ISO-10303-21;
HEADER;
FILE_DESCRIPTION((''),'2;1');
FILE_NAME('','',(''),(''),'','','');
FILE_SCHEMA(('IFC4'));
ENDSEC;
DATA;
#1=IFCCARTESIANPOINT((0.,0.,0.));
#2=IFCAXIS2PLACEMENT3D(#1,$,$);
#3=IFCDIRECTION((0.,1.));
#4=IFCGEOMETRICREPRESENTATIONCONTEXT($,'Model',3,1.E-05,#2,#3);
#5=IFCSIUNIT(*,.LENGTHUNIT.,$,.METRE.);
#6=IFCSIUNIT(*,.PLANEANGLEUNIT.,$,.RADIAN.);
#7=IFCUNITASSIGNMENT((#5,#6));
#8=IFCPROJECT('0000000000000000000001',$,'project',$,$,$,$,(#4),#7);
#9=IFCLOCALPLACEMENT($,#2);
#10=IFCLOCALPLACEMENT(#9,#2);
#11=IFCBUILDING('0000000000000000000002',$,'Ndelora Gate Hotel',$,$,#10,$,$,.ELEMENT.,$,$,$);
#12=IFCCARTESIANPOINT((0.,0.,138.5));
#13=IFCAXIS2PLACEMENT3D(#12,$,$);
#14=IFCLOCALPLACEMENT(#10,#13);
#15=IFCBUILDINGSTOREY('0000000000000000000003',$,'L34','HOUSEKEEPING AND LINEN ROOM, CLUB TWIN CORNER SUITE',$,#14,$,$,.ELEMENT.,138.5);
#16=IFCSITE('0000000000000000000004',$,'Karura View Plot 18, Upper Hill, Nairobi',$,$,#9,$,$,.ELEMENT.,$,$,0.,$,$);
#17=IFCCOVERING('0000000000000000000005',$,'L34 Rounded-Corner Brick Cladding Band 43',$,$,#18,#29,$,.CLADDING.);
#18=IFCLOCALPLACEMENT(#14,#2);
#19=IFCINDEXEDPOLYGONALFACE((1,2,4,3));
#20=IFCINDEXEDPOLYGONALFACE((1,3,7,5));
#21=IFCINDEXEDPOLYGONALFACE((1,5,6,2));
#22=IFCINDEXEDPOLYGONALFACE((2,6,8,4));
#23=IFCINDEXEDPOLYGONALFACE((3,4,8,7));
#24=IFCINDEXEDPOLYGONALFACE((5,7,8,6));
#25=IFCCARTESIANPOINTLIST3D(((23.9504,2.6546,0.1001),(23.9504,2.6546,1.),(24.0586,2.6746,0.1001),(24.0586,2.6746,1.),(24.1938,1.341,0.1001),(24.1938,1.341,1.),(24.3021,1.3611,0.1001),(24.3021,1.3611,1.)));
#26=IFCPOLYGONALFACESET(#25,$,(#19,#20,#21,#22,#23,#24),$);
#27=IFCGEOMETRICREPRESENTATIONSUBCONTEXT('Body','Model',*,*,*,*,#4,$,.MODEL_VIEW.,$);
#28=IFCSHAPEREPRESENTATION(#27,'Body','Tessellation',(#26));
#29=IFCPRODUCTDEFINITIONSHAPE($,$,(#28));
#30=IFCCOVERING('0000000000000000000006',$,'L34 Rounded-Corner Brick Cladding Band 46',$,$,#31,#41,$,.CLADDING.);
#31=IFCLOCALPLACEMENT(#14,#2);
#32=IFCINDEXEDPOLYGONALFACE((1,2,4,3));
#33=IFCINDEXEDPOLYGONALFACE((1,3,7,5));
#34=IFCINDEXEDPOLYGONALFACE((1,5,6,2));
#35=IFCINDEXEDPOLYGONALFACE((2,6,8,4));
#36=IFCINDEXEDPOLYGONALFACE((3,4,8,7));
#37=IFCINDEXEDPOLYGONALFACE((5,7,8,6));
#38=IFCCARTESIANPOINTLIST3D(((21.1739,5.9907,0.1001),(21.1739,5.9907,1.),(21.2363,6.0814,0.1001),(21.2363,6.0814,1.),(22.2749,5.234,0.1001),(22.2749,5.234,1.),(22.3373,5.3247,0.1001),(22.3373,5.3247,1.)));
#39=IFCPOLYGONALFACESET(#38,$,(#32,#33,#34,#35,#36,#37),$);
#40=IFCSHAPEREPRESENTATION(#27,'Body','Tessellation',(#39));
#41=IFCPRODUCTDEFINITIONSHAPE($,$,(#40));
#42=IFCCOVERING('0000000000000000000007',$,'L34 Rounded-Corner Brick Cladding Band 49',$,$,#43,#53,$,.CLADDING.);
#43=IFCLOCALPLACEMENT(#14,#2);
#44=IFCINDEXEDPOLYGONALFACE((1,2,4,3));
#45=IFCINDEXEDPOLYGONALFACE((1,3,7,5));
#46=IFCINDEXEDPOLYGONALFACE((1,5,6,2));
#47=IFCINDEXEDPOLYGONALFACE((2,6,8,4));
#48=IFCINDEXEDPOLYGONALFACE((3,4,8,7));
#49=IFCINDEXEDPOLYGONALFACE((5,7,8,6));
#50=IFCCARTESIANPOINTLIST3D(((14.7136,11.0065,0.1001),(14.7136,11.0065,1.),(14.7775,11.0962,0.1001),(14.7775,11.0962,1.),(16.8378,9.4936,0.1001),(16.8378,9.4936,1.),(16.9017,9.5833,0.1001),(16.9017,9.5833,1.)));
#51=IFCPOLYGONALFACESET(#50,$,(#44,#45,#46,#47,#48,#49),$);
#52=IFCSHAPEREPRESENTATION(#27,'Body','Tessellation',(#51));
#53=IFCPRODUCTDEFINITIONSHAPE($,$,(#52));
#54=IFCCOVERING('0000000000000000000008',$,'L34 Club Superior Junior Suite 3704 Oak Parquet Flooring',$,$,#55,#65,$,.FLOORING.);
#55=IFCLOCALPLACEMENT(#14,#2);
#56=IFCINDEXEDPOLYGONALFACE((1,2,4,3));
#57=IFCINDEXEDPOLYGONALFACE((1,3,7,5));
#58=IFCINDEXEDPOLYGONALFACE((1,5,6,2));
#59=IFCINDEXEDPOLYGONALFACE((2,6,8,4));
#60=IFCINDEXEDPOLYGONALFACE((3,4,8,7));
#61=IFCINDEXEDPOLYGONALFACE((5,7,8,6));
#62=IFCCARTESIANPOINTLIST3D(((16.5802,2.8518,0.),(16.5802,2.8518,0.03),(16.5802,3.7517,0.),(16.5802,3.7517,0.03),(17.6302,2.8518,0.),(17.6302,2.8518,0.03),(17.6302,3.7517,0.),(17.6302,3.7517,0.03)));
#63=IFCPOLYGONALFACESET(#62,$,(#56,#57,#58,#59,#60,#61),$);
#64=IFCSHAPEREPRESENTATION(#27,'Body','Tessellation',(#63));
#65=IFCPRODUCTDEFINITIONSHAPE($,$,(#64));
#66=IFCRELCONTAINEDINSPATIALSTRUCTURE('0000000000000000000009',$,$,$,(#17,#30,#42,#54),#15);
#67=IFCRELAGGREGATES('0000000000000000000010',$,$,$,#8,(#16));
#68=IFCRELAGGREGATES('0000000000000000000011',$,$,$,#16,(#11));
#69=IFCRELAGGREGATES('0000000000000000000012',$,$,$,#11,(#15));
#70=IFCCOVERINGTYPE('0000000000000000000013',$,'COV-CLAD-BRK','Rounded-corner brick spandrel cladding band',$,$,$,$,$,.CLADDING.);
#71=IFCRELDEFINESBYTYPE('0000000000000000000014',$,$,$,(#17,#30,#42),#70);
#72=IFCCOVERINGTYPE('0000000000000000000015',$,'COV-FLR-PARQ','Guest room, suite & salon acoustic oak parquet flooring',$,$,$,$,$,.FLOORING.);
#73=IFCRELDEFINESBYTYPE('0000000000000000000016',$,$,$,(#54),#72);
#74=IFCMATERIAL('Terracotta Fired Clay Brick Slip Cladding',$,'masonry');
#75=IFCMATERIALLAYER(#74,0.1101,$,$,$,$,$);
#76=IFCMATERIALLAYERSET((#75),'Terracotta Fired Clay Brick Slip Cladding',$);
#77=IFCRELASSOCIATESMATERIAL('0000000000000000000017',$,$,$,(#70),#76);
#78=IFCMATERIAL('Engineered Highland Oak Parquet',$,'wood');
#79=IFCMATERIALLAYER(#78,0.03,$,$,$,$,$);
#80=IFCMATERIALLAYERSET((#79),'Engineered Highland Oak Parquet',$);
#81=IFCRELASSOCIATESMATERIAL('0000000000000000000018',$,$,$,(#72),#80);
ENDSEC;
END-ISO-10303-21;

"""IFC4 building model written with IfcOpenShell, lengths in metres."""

from ifc_helpers import new_model, si_unit, direction, frame, origin, origin_2d, place, context, subcontext, project, spatial, rectangle, extrude, material, layer, layer_set, type_object, element, save


model = new_model("IFC4")

# Units and contexts
model_context = context("Model", 3, precision=1e-05, world=origin(), true_north=direction((0.0, 1.0)))
body_context = subcontext(model_context, "Body", "Model", "MODEL_VIEW")
ifc_project = project(units=[si_unit("LENGTHUNIT", "METRE"), si_unit("PLANEANGLEUNIT", "RADIAN")], contexts=[model_context])

# Site, building, storey
site_placement = place(None, origin())
site = spatial("IfcSite", under=ifc_project, at=site_placement, Name="Karura View Plot 18, Upper Hill, Nairobi", CompositionType="ELEMENT", RefElevation=0.0)
building_placement = place(site_placement, origin())
building = spatial("IfcBuilding", under=site, at=building_placement, Name="Ndelora Gate Hotel", CompositionType="ELEMENT")
storey_placement = place(building_placement, frame((0.0, 0.0, 138.5)))
storey = spatial("IfcBuildingStorey", under=building, at=storey_placement, Name="L34", Description="HOUSEKEEPING AND LINEN ROOM, CLUB TWIN CORNER SUITE", CompositionType="ELEMENT", Elevation=138.5)

# Coverings
ifc_material_1 = material(Name="Terracotta Fired Clay Brick Slip Cladding", Category="masonry")
ifc_layer_1 = layer(ifc_material_1, 0.1101)
ifc_layer_set_1 = layer_set([ifc_layer_1], Name="Terracotta Fired Clay Brick Slip Cladding")
covering_type_1 = type_object("IfcCoveringType", Name="COV-CLAD-BRK", Description="Rounded-corner brick spandrel cladding band", PredefinedType="CLADDING", material=ifc_layer_set_1)
for number, where, z_axis, x_axis, name in (
    (1, (24.1262, 2.0078, 0.1001), (0.0, 0.0, 1.0), (-0.182236, 0.983255, 0.0), "L34 Rounded-Corner Brick Cladding Band 43"),
    (2, (21.7556, 5.6577, 0.1001), (0.0, 0.0, 1.0), (-0.824126, 0.566406, 0.0), "L34 Rounded-Corner Brick Cladding Band 46"),
):
    element("IfcCovering", number, at=place(storey_placement, frame(where, z_axis=z_axis, x_axis=x_axis)), inside=storey, type_object=covering_type_1, Name=name, PredefinedType="CLADDING", context=body_context, shape_type="SweptSolid", body=[
        extrude(rectangle(XDim=1.3359, YDim=0.1101, at=origin_2d()), origin(), (0.0, 0.0, 1.0), 0.8999),
    ])
covering_1_placement = place(storey_placement, frame((15.8076, 10.2949, 0.1001), z_axis=(0.0, 0.0, 1.0), x_axis=(-0.814521, 0.580134, 0.0)))
element("IfcCovering", 3, at=covering_1_placement, inside=storey, type_object=covering_type_1, Name="L34 Rounded-Corner Brick Cladding Band 49", PredefinedType="CLADDING", context=body_context, shape_type="SweptSolid", body=[
    extrude(rectangle(XDim=2.6079, YDim=0.1101, at=origin_2d()), origin(), (0.0, 0.0, 1.0), 0.8999),
])
ifc_material_2 = material(Name="Engineered Highland Oak Parquet", Category="wood")
ifc_layer_2 = layer(ifc_material_2, 0.03)
ifc_layer_set_2 = layer_set([ifc_layer_2], Name="Engineered Highland Oak Parquet")
covering_type_2 = type_object("IfcCoveringType", Name="COV-FLR-PARQ", Description="Guest room, suite & salon acoustic oak parquet flooring", PredefinedType="FLOORING", material=ifc_layer_set_2)
covering_2_placement = place(storey_placement, frame((17.1052, 3.3018, 0.0), z_axis=(0.0, 0.0, 1.0), x_axis=(1.0, 0.0, 0.0)))
element("IfcCovering", 4, at=covering_2_placement, inside=storey, type_object=covering_type_2, Name="L34 Club Superior Junior Suite 3704 Oak Parquet Flooring", PredefinedType="FLOORING", context=body_context, shape_type="SweptSolid", body=[
    extrude(rectangle(XDim=1.05, YDim=0.8999, at=origin_2d()), origin(), (0.0, 0.0, 1.0), 0.03),
])

save(model, "model.ifc")
